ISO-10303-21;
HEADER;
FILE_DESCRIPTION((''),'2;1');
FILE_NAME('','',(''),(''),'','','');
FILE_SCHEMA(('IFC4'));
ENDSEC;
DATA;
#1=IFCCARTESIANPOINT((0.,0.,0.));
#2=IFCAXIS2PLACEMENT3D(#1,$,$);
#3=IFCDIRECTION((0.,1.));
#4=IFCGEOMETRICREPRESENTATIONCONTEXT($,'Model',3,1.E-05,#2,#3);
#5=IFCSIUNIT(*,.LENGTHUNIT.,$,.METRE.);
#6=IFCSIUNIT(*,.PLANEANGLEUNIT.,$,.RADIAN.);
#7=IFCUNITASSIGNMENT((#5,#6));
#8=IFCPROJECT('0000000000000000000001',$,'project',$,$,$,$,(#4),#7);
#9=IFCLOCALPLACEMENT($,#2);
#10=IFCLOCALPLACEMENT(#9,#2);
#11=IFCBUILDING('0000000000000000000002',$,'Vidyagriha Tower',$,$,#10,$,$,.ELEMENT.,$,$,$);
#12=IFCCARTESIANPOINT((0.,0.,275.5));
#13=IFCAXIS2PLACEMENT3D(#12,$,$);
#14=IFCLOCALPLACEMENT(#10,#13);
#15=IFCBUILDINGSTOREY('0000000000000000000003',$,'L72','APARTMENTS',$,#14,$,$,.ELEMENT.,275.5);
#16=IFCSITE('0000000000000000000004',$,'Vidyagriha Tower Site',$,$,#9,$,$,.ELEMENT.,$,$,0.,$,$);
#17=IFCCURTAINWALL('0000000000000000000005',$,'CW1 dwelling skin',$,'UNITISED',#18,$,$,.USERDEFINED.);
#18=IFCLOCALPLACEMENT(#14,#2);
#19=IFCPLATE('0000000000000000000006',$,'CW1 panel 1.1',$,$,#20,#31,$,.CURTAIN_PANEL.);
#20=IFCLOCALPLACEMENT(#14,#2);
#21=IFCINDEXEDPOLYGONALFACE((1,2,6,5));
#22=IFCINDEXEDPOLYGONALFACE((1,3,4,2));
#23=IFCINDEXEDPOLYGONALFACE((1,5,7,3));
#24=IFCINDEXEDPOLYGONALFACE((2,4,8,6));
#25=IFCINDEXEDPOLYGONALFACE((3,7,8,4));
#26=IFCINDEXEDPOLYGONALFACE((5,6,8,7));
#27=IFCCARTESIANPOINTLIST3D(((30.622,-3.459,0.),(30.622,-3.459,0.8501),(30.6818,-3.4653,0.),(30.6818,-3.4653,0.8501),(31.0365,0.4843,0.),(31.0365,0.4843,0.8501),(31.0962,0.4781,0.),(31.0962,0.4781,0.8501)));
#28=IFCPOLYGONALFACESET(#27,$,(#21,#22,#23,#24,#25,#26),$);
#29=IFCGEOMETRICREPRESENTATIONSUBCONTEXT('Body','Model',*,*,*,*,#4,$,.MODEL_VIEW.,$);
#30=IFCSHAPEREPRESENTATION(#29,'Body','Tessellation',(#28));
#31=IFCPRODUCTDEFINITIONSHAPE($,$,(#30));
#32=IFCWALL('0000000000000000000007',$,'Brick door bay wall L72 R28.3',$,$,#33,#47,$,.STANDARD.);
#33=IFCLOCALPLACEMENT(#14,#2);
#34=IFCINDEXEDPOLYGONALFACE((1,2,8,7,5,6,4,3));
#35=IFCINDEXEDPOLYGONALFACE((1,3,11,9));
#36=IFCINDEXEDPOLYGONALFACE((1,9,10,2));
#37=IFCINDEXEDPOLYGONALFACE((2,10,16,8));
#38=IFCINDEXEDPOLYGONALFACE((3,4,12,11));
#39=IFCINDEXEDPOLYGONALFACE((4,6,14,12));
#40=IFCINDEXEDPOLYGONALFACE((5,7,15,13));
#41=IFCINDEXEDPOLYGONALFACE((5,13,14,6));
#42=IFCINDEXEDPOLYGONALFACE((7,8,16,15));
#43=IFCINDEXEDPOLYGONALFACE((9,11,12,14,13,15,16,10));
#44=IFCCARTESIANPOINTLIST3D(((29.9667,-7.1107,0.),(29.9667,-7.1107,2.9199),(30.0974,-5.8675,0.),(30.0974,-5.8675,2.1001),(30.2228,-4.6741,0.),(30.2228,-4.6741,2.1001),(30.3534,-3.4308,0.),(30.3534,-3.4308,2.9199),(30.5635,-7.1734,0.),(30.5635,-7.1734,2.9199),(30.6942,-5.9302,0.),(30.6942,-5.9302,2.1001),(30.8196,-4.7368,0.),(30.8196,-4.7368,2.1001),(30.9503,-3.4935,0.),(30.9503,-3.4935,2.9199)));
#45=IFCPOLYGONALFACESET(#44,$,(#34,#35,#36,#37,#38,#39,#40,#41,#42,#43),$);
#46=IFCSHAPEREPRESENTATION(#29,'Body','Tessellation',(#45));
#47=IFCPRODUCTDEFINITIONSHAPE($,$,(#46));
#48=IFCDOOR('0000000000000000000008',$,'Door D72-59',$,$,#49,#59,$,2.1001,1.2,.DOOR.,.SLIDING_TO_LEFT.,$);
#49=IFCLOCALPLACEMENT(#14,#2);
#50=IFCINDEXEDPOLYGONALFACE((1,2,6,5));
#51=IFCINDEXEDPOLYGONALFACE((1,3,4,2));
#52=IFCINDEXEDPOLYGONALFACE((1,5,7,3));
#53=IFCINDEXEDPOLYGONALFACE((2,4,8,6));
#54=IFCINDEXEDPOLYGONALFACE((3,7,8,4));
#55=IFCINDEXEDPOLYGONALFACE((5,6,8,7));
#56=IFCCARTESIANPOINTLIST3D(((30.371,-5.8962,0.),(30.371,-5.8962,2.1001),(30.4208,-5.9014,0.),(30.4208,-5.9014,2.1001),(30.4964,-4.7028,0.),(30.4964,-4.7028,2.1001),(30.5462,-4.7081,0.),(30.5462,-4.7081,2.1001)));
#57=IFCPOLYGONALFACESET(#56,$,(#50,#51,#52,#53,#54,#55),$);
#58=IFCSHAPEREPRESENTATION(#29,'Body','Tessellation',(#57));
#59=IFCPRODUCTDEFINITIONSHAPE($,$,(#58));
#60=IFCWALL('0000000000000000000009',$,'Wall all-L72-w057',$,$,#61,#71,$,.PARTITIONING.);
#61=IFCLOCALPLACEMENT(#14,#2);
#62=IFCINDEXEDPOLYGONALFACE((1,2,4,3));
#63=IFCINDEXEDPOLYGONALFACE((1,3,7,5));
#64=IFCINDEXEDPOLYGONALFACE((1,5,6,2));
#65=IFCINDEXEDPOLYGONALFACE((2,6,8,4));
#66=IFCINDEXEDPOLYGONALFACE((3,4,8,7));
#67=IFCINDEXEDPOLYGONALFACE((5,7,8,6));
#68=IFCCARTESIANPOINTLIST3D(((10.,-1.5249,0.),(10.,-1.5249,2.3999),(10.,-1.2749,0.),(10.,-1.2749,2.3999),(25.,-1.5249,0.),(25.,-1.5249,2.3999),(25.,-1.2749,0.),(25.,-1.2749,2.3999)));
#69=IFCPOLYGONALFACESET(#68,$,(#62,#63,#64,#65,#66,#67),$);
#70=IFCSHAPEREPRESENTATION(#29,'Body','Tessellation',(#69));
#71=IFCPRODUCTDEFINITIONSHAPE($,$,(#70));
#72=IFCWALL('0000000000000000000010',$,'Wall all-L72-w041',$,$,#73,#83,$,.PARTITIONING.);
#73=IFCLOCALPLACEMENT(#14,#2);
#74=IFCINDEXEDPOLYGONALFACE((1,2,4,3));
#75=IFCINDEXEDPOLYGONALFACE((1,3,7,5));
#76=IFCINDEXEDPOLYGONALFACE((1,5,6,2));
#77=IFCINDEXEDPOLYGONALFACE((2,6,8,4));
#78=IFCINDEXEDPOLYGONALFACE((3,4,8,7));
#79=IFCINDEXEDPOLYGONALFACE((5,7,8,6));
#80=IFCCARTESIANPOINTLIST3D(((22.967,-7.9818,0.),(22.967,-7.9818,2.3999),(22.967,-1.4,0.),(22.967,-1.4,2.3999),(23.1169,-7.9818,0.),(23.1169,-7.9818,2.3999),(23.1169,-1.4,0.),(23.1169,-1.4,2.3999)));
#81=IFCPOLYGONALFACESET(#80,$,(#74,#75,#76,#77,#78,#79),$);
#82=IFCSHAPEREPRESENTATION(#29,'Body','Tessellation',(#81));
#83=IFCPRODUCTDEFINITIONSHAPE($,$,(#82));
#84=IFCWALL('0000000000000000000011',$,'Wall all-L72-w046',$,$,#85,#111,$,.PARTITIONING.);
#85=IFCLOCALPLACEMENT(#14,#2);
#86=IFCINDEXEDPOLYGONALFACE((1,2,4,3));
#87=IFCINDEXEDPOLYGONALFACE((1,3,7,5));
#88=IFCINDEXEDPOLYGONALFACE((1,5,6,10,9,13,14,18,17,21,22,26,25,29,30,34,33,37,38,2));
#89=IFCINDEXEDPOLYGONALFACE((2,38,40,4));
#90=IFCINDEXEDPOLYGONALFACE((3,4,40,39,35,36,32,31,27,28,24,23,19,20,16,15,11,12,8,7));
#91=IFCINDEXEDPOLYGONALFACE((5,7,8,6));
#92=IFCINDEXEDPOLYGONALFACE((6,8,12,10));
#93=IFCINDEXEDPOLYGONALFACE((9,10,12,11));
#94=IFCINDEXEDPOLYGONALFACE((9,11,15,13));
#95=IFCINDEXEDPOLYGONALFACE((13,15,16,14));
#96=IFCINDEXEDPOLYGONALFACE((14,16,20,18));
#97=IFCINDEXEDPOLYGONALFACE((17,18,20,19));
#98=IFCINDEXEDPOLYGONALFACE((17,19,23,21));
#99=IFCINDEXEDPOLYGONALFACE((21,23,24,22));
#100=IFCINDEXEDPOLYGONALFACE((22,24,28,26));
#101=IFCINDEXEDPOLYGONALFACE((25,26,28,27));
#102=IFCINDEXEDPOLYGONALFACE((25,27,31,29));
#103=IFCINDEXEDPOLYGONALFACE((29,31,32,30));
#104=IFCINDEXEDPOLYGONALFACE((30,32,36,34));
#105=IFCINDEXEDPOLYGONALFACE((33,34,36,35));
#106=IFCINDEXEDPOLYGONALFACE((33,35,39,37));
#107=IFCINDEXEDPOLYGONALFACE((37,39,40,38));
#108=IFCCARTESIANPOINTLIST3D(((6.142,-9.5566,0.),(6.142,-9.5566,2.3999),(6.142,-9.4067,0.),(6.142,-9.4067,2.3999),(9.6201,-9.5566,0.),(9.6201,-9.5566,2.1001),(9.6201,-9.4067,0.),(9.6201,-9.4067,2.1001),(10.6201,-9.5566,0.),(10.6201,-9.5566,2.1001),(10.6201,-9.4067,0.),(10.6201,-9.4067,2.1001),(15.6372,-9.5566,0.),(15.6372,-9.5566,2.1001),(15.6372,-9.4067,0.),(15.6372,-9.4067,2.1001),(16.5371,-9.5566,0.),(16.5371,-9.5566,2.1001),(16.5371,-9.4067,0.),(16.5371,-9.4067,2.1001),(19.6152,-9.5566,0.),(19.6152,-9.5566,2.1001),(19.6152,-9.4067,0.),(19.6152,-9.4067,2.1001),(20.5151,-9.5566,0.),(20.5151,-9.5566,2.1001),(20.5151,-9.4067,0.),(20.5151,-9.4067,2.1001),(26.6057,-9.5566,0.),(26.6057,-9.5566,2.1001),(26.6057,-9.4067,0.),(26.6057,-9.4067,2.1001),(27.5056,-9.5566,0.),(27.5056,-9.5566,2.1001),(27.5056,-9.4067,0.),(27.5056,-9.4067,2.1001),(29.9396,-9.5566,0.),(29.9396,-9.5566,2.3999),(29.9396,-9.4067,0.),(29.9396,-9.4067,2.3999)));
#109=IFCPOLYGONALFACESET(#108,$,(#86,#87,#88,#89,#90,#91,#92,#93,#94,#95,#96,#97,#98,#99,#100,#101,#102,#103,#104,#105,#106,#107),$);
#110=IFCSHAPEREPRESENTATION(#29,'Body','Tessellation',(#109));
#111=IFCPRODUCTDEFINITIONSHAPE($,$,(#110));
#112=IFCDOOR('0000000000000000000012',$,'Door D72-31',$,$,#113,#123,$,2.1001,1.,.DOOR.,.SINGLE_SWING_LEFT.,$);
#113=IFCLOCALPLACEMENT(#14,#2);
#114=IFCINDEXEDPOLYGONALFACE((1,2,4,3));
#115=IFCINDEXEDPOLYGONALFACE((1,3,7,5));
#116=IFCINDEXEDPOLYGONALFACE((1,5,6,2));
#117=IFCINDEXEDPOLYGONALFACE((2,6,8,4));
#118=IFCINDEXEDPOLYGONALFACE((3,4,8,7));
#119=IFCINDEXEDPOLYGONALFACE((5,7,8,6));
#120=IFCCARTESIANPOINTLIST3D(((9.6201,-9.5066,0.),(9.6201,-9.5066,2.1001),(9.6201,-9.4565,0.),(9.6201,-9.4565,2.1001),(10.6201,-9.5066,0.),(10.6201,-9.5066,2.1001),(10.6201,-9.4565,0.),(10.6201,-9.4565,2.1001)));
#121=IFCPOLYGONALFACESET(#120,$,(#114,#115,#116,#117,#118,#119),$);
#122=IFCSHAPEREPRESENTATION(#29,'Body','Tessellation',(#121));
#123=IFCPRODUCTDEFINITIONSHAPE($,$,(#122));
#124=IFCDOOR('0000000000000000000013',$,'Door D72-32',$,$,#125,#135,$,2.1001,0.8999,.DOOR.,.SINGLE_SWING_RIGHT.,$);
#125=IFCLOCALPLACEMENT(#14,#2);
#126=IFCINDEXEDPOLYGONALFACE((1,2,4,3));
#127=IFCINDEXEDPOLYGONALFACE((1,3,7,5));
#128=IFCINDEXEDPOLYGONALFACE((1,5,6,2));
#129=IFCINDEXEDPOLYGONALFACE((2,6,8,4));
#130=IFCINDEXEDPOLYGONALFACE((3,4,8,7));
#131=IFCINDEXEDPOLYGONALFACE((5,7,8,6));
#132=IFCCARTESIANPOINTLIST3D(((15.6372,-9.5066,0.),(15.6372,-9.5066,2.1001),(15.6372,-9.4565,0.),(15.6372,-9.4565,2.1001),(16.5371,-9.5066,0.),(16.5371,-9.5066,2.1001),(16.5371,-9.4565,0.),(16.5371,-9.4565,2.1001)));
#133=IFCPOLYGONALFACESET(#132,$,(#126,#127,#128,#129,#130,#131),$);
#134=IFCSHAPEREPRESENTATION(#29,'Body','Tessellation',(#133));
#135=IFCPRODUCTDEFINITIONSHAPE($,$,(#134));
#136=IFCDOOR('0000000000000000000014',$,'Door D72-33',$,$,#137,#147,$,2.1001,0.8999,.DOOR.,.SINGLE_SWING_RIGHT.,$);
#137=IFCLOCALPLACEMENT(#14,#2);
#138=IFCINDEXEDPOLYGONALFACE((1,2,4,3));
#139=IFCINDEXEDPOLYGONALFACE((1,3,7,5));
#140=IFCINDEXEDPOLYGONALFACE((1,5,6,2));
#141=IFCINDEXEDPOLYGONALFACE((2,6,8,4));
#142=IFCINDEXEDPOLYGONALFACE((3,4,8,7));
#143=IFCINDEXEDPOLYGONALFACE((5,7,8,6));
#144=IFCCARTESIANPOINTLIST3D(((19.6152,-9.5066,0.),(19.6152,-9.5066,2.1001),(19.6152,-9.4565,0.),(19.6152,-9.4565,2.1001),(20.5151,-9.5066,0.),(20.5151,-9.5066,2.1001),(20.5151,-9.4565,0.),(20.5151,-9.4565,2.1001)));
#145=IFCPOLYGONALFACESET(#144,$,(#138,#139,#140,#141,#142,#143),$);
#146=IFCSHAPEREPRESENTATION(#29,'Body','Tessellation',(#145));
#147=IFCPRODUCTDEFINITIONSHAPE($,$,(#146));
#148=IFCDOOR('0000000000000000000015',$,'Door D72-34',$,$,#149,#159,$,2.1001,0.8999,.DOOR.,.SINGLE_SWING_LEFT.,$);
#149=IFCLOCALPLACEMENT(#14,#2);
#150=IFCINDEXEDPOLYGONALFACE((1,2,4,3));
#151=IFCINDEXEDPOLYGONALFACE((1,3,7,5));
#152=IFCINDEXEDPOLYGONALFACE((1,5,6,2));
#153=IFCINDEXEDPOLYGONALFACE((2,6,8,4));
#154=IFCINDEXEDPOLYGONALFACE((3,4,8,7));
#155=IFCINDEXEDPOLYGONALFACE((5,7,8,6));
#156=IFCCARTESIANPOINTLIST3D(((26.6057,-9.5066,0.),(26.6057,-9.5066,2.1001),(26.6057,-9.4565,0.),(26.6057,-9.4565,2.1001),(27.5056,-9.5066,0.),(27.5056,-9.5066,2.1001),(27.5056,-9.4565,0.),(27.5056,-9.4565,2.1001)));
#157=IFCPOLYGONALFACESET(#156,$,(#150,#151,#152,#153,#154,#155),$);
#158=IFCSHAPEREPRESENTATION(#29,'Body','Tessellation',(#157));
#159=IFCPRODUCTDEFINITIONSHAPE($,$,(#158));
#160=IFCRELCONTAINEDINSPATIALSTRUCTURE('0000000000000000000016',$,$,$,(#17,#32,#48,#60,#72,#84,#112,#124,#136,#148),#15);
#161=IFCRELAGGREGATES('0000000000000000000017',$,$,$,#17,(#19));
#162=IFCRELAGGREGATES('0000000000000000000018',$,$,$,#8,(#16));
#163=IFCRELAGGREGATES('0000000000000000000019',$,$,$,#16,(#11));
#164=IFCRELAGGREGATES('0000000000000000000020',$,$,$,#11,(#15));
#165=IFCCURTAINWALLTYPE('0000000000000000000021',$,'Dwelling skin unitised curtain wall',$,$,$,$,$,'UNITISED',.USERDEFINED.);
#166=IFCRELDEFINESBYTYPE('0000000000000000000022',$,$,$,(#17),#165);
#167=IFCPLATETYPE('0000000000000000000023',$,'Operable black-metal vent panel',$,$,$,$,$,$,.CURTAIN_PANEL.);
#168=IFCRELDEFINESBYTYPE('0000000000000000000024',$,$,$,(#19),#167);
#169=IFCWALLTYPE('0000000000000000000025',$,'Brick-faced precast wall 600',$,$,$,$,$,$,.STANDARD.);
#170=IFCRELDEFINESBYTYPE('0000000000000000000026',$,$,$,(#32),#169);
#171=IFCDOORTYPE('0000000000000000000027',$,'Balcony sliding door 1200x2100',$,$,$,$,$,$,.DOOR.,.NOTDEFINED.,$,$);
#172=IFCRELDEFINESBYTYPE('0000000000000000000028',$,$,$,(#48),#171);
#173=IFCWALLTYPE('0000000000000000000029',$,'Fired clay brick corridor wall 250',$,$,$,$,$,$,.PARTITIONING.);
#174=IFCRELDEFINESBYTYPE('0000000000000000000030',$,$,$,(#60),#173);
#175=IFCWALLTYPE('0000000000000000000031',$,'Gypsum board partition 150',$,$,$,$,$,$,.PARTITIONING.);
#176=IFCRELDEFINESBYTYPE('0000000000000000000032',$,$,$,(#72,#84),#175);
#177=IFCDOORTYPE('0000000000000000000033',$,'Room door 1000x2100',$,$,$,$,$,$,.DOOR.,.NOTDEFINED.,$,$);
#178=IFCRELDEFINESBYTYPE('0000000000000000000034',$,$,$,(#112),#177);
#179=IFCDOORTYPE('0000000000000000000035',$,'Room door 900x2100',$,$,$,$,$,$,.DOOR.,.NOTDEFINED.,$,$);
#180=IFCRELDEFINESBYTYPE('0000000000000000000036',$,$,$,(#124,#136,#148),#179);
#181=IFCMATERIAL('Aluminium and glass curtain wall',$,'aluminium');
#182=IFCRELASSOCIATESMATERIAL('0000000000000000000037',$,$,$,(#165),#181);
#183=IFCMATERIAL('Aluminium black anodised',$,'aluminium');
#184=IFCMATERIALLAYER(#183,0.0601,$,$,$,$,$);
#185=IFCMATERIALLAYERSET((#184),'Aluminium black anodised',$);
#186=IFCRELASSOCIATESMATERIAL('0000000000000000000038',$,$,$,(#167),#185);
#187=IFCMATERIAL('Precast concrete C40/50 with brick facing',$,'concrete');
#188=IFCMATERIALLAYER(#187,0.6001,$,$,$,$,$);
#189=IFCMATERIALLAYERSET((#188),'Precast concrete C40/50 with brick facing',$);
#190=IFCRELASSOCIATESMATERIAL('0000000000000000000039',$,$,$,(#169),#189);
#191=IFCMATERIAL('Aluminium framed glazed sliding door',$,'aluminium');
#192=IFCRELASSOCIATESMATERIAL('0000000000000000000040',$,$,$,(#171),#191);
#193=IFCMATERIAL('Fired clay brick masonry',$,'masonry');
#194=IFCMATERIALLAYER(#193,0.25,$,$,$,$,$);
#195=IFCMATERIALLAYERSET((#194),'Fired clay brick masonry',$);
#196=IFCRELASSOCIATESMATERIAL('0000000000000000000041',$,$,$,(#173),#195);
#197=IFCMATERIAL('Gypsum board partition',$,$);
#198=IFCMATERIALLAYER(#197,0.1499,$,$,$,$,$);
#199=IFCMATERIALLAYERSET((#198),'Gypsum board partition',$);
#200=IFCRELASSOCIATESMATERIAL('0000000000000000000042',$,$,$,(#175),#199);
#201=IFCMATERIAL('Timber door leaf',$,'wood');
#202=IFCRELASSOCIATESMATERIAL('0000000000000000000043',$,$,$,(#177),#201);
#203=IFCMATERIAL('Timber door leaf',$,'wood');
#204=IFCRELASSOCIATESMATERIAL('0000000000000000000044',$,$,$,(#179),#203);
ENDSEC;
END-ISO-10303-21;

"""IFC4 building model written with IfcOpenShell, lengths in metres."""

from ifc_helpers import new_model, si_unit, direction, frame, frame_2d, origin, origin_2d, place, context, subcontext, project, spatial, rectangle, extrude, material, layer, layer_set, type_object, element, fill, aggregate, save


model = new_model("IFC4")

# Units and contexts
model_context = context("Model", 3, precision=1e-05, world=origin(), true_north=direction((0.0, 1.0)))
body_context = subcontext(model_context, "Body", "Model", "MODEL_VIEW")
ifc_project = project(units=[si_unit("LENGTHUNIT", "METRE"), si_unit("PLANEANGLEUNIT", "RADIAN")], contexts=[model_context])

# Site, building, storey
site_placement = place(None, origin())
site = spatial("IfcSite", under=ifc_project, at=site_placement, Name="Vidyagriha Tower Site", CompositionType="ELEMENT", RefElevation=0.0)
building_placement = place(site_placement, origin())
building = spatial("IfcBuilding", under=site, at=building_placement, Name="Vidyagriha Tower", CompositionType="ELEMENT")
storey_placement = place(building_placement, frame((0.0, 0.0, 275.5)))
storey = spatial("IfcBuildingStorey", under=building, at=storey_placement, Name="L72", Description="APARTMENTS", CompositionType="ELEMENT", Elevation=275.5)

# Curtain wall
ifc_material_1 = material(Name="Aluminium and glass curtain wall", Category="aluminium")
curtain_wall_type = type_object("IfcCurtainWallType", Name="Dwelling skin unitised curtain wall", ElementType="UNITISED", PredefinedType="USERDEFINED", material=ifc_material_1)
curtain_wall_1_placement = place(storey_placement, origin())
curtain_wall_1 = element("IfcCurtainWall", 1, at=curtain_wall_1_placement, inside=storey, type_object=curtain_wall_type, Name="CW1 dwelling skin", ObjectType="UNITISED", PredefinedType="USERDEFINED")

# Plate
ifc_material_2 = material(Name="Aluminium black anodised", Category="aluminium")
ifc_layer_1 = layer(ifc_material_2, 0.0601)
ifc_layer_set_1 = layer_set([ifc_layer_1], Name="Aluminium black anodised")
plate_type_1 = type_object("IfcPlateType", Name="Operable black-metal vent panel", PredefinedType="CURTAIN_PANEL", material=ifc_layer_set_1)
plate_1_placement = place(storey_placement, frame((30.8591, -1.4905, 0.0), z_axis=(0.0, 0.0, 1.0), x_axis=(0.10453, 0.994522, 0.0)))
plate_1 = element("IfcPlate", 2, at=plate_1_placement, type_object=plate_type_1, Name="CW1 panel 1.1", PredefinedType="CURTAIN_PANEL", context=body_context, shape_type="SweptSolid", body=[
    extrude(rectangle(XDim=3.9651, YDim=0.0601, at=origin_2d()), origin(), (0.0, 0.0, 1.0), 0.8501),
])
aggregate(curtain_wall_1, [plate_1])

# Wall, opening, door
ifc_material_3 = material(Name="Precast concrete C40/50 with brick facing", Category="concrete")
ifc_layer_2 = layer(ifc_material_3, 0.6001)
ifc_layer_set_2 = layer_set([ifc_layer_2], Name="Precast concrete C40/50 with brick facing")
wall_type_1 = type_object("IfcWallType", Name="Brick-faced precast wall 600", PredefinedType="STANDARD", material=ifc_layer_set_2)
wall_1_placement = place(storey_placement, frame((30.2651, -7.1421, 0.0), z_axis=(0.0, 0.0, 1.0), x_axis=(0.104513, 0.994524, 0.0)))
wall_1 = element("IfcWall", 3, at=wall_1_placement, inside=storey, type_object=wall_type_1, Name="Brick door bay wall L72 R28.3", PredefinedType="STANDARD", context=body_context, shape_type="SweptSolid", body=[
    extrude(rectangle(XDim=3.7002, YDim=0.6001, at=frame_2d((1.8501, 0.0))), origin(), (0.0, 0.0, 1.0), 2.9199),
])
opening_1_placement = place(wall_1_placement, frame((1.25, 0.0, 0.0)))
opening_1 = element("IfcOpeningElement", 4, at=opening_1_placement, cuts=wall_1, PredefinedType="OPENING", context=body_context, shape_type="SweptSolid", body=[
    extrude(rectangle(XDim=1.2, YDim=2.1001, at=frame_2d((0.6001, 1.05))), frame((0.0, 0.3101, 0.0), z_axis=(0.0, -1.0, 0.0), x_axis=(1.0, 0.0, 0.0)), (0.0, 0.0, 1.0), 0.6201),
])
ifc_material_4 = material(Name="Aluminium framed glazed sliding door", Category="aluminium")
door_type_1 = type_object("IfcDoorType", Name="Balcony sliding door 1200x2100", OperationType="NOTDEFINED", PredefinedType="DOOR", material=ifc_material_4)
door_1_placement = place(opening_1_placement, origin())
door_1 = element("IfcDoor", 5, at=door_1_placement, inside=storey, type_object=door_type_1, Name="Door D72-59", OperationType="SLIDING_TO_LEFT", OverallHeight=2.1001, OverallWidth=1.2, PredefinedType="DOOR", context=body_context, shape_type="SweptSolid", body=[
    extrude(rectangle(XDim=1.2, YDim=2.1001, at=frame_2d((0.6001, 1.05))), frame((0.0, 0.0249, 0.0), z_axis=(0.0, -1.0, 0.0), x_axis=(1.0, 0.0, 0.0)), (0.0, 0.0, 1.0), 0.05),
])
fill(opening_1, door_1)

# Walls
ifc_material_5 = material(Name="Fired clay brick masonry", Category="masonry")
ifc_layer_3 = layer(ifc_material_5, 0.25)
ifc_layer_set_3 = layer_set([ifc_layer_3], Name="Fired clay brick masonry")
wall_type_2 = type_object("IfcWallType", Name="Fired clay brick corridor wall 250", PredefinedType="PARTITIONING", material=ifc_layer_set_3)
wall_2_placement = place(storey_placement, frame((25.0, -1.3999, 0.0), z_axis=(0.0, 0.0, 1.0), x_axis=(-1.0, 0.0, 0.0)))
element("IfcWall", 6, at=wall_2_placement, inside=storey, type_object=wall_type_2, Name="Wall all-L72-w057", PredefinedType="PARTITIONING", context=body_context, shape_type="SweptSolid", body=[
    extrude(rectangle(XDim=15.0, YDim=0.25, at=frame_2d((7.5, 0.0))), origin(), (0.0, 0.0, 1.0), 2.3999),
])
ifc_material_6 = material(Name="Gypsum board partition")
ifc_layer_4 = layer(ifc_material_6, 0.1499)
ifc_layer_set_4 = layer_set([ifc_layer_4], Name="Gypsum board partition")
wall_type_3 = type_object("IfcWallType", Name="Gypsum board partition 150", PredefinedType="PARTITIONING", material=ifc_layer_set_4)
wall_3_placement = place(storey_placement, frame((23.042, -1.3999, 0.0), z_axis=(0.0, 0.0, 1.0), x_axis=(0.0, -1.0, 0.0)))
element("IfcWall", 7, at=wall_3_placement, inside=storey, type_object=wall_type_3, Name="Wall all-L72-w041", PredefinedType="PARTITIONING", context=body_context, shape_type="SweptSolid", body=[
    extrude(rectangle(XDim=6.5818, YDim=0.1499, at=frame_2d((3.291, 0.0))), origin(), (0.0, 0.0, 1.0), 2.3999),
])

# Wall, openings, doors
wall_4_placement = place(storey_placement, frame((29.9397, -9.4817, 0.0), z_axis=(0.0, 0.0, 1.0), x_axis=(-1.0, 0.0, 0.0)))
wall_4 = element("IfcWall", 8, at=wall_4_placement, inside=storey, type_object=wall_type_3, Name="Wall all-L72-w046", PredefinedType="PARTITIONING", context=body_context, shape_type="SweptSolid", body=[
    extrude(rectangle(XDim=23.7976, YDim=0.1499, at=frame_2d((11.8989, 0.0))), origin(), (0.0, 0.0, 1.0), 2.3999),
])
opening_2_placement = place(wall_4_placement, frame((19.3196, 0.0, 0.0)))
opening_2 = element("IfcOpeningElement", 9, at=opening_2_placement, cuts=wall_4, PredefinedType="OPENING", context=body_context, shape_type="SweptSolid", body=[
    extrude(rectangle(XDim=1.0, YDim=2.1001, at=frame_2d((0.5, 1.05))), frame((0.0, 0.085, 0.0), z_axis=(0.0, -1.0, 0.0), x_axis=(1.0, 0.0, 0.0)), (0.0, 0.0, 1.0), 0.1699),
])
opening_3_placement = place(wall_4_placement, frame((13.4026, 0.0, 0.0)))
opening_3 = element("IfcOpeningElement", 10, at=opening_3_placement, cuts=wall_4, PredefinedType="OPENING", context=body_context, shape_type="SweptSolid", body=[
    extrude(rectangle(XDim=0.8999, YDim=2.1001, at=frame_2d((0.45, 1.05))), frame((0.0, 0.085, 0.0), z_axis=(0.0, -1.0, 0.0), x_axis=(1.0, 0.0, 0.0)), (0.0, 0.0, 1.0), 0.1699),
])
opening_4_placement = place(wall_4_placement, frame((9.4246, 0.0, 0.0)))
opening_4 = element("IfcOpeningElement", 11, at=opening_4_placement, cuts=wall_4, PredefinedType="OPENING", context=body_context, shape_type="SweptSolid", body=[
    extrude(rectangle(XDim=0.8999, YDim=2.1001, at=frame_2d((0.45, 1.05))), frame((0.0, 0.085, 0.0), z_axis=(0.0, -1.0, 0.0), x_axis=(1.0, 0.0, 0.0)), (0.0, 0.0, 1.0), 0.1699),
])
opening_5_placement = place(wall_4_placement, frame((2.4341, 0.0, 0.0)))
opening_5 = element("IfcOpeningElement", 12, at=opening_5_placement, cuts=wall_4, PredefinedType="OPENING", context=body_context, shape_type="SweptSolid", body=[
    extrude(rectangle(XDim=0.8999, YDim=2.1001, at=frame_2d((0.45, 1.05))), frame((0.0, 0.085, 0.0), z_axis=(0.0, -1.0, 0.0), x_axis=(1.0, 0.0, 0.0)), (0.0, 0.0, 1.0), 0.1699),
])
ifc_material_7 = material(Name="Timber door leaf", Category="wood")
door_type_2 = type_object("IfcDoorType", Name="Room door 1000x2100", OperationType="NOTDEFINED", PredefinedType="DOOR", material=ifc_material_7)
door_2_placement = place(opening_2_placement, origin())
door_2 = element("IfcDoor", 13, at=door_2_placement, inside=storey, type_object=door_type_2, Name="Door D72-31", OperationType="SINGLE_SWING_LEFT", OverallHeight=2.1001, OverallWidth=1.0, PredefinedType="DOOR", context=body_context, shape_type="SweptSolid", body=[
    extrude(rectangle(XDim=1.0, YDim=2.1001, at=frame_2d((0.5, 1.05))), frame((0.0, 0.0249, 0.0), z_axis=(0.0, -1.0, 0.0), x_axis=(1.0, 0.0, 0.0)), (0.0, 0.0, 1.0), 0.05),
])
fill(opening_2, door_2)
ifc_material_8 = material(Name="Timber door leaf", Category="wood")
door_type_3 = type_object("IfcDoorType", Name="Room door 900x2100", OperationType="NOTDEFINED", PredefinedType="DOOR", material=ifc_material_8)
door_3_placement = place(opening_3_placement, origin())
door_3 = element("IfcDoor", 14, at=door_3_placement, inside=storey, type_object=door_type_3, Name="Door D72-32", OperationType="SINGLE_SWING_RIGHT", OverallHeight=2.1001, OverallWidth=0.8999, PredefinedType="DOOR", context=body_context, shape_type="SweptSolid", body=[
    extrude(rectangle(XDim=0.8999, YDim=2.1001, at=frame_2d((0.45, 1.05))), frame((0.0, 0.0249, 0.0), z_axis=(0.0, -1.0, 0.0), x_axis=(1.0, 0.0, 0.0)), (0.0, 0.0, 1.0), 0.05),
])
fill(opening_3, door_3)
door_4_placement = place(opening_4_placement, origin())
door_4 = element("IfcDoor", 15, at=door_4_placement, inside=storey, type_object=door_type_3, Name="Door D72-33", OperationType="SINGLE_SWING_RIGHT", OverallHeight=2.1001, OverallWidth=0.8999, PredefinedType="DOOR", context=body_context, shape_type="SweptSolid", body=[
    extrude(rectangle(XDim=0.8999, YDim=2.1001, at=frame_2d((0.45, 1.05))), frame((0.0, 0.0249, 0.0), z_axis=(0.0, -1.0, 0.0), x_axis=(1.0, 0.0, 0.0)), (0.0, 0.0, 1.0), 0.05),
])
fill(opening_4, door_4)
door_5_placement = place(opening_5_placement, origin())
door_5 = element("IfcDoor", 16, at=door_5_placement, inside=storey, type_object=door_type_3, Name="Door D72-34", OperationType="SINGLE_SWING_LEFT", OverallHeight=2.1001, OverallWidth=0.8999, PredefinedType="DOOR", context=body_context, shape_type="SweptSolid", body=[
    extrude(rectangle(XDim=0.8999, YDim=2.1001, at=frame_2d((0.45, 1.05))), frame((0.0, 0.0249, 0.0), z_axis=(0.0, -1.0, 0.0), x_axis=(1.0, 0.0, 0.0)), (0.0, 0.0, 1.0), 0.05),
])
fill(opening_5, door_5)

save(model, "model.ifc")
